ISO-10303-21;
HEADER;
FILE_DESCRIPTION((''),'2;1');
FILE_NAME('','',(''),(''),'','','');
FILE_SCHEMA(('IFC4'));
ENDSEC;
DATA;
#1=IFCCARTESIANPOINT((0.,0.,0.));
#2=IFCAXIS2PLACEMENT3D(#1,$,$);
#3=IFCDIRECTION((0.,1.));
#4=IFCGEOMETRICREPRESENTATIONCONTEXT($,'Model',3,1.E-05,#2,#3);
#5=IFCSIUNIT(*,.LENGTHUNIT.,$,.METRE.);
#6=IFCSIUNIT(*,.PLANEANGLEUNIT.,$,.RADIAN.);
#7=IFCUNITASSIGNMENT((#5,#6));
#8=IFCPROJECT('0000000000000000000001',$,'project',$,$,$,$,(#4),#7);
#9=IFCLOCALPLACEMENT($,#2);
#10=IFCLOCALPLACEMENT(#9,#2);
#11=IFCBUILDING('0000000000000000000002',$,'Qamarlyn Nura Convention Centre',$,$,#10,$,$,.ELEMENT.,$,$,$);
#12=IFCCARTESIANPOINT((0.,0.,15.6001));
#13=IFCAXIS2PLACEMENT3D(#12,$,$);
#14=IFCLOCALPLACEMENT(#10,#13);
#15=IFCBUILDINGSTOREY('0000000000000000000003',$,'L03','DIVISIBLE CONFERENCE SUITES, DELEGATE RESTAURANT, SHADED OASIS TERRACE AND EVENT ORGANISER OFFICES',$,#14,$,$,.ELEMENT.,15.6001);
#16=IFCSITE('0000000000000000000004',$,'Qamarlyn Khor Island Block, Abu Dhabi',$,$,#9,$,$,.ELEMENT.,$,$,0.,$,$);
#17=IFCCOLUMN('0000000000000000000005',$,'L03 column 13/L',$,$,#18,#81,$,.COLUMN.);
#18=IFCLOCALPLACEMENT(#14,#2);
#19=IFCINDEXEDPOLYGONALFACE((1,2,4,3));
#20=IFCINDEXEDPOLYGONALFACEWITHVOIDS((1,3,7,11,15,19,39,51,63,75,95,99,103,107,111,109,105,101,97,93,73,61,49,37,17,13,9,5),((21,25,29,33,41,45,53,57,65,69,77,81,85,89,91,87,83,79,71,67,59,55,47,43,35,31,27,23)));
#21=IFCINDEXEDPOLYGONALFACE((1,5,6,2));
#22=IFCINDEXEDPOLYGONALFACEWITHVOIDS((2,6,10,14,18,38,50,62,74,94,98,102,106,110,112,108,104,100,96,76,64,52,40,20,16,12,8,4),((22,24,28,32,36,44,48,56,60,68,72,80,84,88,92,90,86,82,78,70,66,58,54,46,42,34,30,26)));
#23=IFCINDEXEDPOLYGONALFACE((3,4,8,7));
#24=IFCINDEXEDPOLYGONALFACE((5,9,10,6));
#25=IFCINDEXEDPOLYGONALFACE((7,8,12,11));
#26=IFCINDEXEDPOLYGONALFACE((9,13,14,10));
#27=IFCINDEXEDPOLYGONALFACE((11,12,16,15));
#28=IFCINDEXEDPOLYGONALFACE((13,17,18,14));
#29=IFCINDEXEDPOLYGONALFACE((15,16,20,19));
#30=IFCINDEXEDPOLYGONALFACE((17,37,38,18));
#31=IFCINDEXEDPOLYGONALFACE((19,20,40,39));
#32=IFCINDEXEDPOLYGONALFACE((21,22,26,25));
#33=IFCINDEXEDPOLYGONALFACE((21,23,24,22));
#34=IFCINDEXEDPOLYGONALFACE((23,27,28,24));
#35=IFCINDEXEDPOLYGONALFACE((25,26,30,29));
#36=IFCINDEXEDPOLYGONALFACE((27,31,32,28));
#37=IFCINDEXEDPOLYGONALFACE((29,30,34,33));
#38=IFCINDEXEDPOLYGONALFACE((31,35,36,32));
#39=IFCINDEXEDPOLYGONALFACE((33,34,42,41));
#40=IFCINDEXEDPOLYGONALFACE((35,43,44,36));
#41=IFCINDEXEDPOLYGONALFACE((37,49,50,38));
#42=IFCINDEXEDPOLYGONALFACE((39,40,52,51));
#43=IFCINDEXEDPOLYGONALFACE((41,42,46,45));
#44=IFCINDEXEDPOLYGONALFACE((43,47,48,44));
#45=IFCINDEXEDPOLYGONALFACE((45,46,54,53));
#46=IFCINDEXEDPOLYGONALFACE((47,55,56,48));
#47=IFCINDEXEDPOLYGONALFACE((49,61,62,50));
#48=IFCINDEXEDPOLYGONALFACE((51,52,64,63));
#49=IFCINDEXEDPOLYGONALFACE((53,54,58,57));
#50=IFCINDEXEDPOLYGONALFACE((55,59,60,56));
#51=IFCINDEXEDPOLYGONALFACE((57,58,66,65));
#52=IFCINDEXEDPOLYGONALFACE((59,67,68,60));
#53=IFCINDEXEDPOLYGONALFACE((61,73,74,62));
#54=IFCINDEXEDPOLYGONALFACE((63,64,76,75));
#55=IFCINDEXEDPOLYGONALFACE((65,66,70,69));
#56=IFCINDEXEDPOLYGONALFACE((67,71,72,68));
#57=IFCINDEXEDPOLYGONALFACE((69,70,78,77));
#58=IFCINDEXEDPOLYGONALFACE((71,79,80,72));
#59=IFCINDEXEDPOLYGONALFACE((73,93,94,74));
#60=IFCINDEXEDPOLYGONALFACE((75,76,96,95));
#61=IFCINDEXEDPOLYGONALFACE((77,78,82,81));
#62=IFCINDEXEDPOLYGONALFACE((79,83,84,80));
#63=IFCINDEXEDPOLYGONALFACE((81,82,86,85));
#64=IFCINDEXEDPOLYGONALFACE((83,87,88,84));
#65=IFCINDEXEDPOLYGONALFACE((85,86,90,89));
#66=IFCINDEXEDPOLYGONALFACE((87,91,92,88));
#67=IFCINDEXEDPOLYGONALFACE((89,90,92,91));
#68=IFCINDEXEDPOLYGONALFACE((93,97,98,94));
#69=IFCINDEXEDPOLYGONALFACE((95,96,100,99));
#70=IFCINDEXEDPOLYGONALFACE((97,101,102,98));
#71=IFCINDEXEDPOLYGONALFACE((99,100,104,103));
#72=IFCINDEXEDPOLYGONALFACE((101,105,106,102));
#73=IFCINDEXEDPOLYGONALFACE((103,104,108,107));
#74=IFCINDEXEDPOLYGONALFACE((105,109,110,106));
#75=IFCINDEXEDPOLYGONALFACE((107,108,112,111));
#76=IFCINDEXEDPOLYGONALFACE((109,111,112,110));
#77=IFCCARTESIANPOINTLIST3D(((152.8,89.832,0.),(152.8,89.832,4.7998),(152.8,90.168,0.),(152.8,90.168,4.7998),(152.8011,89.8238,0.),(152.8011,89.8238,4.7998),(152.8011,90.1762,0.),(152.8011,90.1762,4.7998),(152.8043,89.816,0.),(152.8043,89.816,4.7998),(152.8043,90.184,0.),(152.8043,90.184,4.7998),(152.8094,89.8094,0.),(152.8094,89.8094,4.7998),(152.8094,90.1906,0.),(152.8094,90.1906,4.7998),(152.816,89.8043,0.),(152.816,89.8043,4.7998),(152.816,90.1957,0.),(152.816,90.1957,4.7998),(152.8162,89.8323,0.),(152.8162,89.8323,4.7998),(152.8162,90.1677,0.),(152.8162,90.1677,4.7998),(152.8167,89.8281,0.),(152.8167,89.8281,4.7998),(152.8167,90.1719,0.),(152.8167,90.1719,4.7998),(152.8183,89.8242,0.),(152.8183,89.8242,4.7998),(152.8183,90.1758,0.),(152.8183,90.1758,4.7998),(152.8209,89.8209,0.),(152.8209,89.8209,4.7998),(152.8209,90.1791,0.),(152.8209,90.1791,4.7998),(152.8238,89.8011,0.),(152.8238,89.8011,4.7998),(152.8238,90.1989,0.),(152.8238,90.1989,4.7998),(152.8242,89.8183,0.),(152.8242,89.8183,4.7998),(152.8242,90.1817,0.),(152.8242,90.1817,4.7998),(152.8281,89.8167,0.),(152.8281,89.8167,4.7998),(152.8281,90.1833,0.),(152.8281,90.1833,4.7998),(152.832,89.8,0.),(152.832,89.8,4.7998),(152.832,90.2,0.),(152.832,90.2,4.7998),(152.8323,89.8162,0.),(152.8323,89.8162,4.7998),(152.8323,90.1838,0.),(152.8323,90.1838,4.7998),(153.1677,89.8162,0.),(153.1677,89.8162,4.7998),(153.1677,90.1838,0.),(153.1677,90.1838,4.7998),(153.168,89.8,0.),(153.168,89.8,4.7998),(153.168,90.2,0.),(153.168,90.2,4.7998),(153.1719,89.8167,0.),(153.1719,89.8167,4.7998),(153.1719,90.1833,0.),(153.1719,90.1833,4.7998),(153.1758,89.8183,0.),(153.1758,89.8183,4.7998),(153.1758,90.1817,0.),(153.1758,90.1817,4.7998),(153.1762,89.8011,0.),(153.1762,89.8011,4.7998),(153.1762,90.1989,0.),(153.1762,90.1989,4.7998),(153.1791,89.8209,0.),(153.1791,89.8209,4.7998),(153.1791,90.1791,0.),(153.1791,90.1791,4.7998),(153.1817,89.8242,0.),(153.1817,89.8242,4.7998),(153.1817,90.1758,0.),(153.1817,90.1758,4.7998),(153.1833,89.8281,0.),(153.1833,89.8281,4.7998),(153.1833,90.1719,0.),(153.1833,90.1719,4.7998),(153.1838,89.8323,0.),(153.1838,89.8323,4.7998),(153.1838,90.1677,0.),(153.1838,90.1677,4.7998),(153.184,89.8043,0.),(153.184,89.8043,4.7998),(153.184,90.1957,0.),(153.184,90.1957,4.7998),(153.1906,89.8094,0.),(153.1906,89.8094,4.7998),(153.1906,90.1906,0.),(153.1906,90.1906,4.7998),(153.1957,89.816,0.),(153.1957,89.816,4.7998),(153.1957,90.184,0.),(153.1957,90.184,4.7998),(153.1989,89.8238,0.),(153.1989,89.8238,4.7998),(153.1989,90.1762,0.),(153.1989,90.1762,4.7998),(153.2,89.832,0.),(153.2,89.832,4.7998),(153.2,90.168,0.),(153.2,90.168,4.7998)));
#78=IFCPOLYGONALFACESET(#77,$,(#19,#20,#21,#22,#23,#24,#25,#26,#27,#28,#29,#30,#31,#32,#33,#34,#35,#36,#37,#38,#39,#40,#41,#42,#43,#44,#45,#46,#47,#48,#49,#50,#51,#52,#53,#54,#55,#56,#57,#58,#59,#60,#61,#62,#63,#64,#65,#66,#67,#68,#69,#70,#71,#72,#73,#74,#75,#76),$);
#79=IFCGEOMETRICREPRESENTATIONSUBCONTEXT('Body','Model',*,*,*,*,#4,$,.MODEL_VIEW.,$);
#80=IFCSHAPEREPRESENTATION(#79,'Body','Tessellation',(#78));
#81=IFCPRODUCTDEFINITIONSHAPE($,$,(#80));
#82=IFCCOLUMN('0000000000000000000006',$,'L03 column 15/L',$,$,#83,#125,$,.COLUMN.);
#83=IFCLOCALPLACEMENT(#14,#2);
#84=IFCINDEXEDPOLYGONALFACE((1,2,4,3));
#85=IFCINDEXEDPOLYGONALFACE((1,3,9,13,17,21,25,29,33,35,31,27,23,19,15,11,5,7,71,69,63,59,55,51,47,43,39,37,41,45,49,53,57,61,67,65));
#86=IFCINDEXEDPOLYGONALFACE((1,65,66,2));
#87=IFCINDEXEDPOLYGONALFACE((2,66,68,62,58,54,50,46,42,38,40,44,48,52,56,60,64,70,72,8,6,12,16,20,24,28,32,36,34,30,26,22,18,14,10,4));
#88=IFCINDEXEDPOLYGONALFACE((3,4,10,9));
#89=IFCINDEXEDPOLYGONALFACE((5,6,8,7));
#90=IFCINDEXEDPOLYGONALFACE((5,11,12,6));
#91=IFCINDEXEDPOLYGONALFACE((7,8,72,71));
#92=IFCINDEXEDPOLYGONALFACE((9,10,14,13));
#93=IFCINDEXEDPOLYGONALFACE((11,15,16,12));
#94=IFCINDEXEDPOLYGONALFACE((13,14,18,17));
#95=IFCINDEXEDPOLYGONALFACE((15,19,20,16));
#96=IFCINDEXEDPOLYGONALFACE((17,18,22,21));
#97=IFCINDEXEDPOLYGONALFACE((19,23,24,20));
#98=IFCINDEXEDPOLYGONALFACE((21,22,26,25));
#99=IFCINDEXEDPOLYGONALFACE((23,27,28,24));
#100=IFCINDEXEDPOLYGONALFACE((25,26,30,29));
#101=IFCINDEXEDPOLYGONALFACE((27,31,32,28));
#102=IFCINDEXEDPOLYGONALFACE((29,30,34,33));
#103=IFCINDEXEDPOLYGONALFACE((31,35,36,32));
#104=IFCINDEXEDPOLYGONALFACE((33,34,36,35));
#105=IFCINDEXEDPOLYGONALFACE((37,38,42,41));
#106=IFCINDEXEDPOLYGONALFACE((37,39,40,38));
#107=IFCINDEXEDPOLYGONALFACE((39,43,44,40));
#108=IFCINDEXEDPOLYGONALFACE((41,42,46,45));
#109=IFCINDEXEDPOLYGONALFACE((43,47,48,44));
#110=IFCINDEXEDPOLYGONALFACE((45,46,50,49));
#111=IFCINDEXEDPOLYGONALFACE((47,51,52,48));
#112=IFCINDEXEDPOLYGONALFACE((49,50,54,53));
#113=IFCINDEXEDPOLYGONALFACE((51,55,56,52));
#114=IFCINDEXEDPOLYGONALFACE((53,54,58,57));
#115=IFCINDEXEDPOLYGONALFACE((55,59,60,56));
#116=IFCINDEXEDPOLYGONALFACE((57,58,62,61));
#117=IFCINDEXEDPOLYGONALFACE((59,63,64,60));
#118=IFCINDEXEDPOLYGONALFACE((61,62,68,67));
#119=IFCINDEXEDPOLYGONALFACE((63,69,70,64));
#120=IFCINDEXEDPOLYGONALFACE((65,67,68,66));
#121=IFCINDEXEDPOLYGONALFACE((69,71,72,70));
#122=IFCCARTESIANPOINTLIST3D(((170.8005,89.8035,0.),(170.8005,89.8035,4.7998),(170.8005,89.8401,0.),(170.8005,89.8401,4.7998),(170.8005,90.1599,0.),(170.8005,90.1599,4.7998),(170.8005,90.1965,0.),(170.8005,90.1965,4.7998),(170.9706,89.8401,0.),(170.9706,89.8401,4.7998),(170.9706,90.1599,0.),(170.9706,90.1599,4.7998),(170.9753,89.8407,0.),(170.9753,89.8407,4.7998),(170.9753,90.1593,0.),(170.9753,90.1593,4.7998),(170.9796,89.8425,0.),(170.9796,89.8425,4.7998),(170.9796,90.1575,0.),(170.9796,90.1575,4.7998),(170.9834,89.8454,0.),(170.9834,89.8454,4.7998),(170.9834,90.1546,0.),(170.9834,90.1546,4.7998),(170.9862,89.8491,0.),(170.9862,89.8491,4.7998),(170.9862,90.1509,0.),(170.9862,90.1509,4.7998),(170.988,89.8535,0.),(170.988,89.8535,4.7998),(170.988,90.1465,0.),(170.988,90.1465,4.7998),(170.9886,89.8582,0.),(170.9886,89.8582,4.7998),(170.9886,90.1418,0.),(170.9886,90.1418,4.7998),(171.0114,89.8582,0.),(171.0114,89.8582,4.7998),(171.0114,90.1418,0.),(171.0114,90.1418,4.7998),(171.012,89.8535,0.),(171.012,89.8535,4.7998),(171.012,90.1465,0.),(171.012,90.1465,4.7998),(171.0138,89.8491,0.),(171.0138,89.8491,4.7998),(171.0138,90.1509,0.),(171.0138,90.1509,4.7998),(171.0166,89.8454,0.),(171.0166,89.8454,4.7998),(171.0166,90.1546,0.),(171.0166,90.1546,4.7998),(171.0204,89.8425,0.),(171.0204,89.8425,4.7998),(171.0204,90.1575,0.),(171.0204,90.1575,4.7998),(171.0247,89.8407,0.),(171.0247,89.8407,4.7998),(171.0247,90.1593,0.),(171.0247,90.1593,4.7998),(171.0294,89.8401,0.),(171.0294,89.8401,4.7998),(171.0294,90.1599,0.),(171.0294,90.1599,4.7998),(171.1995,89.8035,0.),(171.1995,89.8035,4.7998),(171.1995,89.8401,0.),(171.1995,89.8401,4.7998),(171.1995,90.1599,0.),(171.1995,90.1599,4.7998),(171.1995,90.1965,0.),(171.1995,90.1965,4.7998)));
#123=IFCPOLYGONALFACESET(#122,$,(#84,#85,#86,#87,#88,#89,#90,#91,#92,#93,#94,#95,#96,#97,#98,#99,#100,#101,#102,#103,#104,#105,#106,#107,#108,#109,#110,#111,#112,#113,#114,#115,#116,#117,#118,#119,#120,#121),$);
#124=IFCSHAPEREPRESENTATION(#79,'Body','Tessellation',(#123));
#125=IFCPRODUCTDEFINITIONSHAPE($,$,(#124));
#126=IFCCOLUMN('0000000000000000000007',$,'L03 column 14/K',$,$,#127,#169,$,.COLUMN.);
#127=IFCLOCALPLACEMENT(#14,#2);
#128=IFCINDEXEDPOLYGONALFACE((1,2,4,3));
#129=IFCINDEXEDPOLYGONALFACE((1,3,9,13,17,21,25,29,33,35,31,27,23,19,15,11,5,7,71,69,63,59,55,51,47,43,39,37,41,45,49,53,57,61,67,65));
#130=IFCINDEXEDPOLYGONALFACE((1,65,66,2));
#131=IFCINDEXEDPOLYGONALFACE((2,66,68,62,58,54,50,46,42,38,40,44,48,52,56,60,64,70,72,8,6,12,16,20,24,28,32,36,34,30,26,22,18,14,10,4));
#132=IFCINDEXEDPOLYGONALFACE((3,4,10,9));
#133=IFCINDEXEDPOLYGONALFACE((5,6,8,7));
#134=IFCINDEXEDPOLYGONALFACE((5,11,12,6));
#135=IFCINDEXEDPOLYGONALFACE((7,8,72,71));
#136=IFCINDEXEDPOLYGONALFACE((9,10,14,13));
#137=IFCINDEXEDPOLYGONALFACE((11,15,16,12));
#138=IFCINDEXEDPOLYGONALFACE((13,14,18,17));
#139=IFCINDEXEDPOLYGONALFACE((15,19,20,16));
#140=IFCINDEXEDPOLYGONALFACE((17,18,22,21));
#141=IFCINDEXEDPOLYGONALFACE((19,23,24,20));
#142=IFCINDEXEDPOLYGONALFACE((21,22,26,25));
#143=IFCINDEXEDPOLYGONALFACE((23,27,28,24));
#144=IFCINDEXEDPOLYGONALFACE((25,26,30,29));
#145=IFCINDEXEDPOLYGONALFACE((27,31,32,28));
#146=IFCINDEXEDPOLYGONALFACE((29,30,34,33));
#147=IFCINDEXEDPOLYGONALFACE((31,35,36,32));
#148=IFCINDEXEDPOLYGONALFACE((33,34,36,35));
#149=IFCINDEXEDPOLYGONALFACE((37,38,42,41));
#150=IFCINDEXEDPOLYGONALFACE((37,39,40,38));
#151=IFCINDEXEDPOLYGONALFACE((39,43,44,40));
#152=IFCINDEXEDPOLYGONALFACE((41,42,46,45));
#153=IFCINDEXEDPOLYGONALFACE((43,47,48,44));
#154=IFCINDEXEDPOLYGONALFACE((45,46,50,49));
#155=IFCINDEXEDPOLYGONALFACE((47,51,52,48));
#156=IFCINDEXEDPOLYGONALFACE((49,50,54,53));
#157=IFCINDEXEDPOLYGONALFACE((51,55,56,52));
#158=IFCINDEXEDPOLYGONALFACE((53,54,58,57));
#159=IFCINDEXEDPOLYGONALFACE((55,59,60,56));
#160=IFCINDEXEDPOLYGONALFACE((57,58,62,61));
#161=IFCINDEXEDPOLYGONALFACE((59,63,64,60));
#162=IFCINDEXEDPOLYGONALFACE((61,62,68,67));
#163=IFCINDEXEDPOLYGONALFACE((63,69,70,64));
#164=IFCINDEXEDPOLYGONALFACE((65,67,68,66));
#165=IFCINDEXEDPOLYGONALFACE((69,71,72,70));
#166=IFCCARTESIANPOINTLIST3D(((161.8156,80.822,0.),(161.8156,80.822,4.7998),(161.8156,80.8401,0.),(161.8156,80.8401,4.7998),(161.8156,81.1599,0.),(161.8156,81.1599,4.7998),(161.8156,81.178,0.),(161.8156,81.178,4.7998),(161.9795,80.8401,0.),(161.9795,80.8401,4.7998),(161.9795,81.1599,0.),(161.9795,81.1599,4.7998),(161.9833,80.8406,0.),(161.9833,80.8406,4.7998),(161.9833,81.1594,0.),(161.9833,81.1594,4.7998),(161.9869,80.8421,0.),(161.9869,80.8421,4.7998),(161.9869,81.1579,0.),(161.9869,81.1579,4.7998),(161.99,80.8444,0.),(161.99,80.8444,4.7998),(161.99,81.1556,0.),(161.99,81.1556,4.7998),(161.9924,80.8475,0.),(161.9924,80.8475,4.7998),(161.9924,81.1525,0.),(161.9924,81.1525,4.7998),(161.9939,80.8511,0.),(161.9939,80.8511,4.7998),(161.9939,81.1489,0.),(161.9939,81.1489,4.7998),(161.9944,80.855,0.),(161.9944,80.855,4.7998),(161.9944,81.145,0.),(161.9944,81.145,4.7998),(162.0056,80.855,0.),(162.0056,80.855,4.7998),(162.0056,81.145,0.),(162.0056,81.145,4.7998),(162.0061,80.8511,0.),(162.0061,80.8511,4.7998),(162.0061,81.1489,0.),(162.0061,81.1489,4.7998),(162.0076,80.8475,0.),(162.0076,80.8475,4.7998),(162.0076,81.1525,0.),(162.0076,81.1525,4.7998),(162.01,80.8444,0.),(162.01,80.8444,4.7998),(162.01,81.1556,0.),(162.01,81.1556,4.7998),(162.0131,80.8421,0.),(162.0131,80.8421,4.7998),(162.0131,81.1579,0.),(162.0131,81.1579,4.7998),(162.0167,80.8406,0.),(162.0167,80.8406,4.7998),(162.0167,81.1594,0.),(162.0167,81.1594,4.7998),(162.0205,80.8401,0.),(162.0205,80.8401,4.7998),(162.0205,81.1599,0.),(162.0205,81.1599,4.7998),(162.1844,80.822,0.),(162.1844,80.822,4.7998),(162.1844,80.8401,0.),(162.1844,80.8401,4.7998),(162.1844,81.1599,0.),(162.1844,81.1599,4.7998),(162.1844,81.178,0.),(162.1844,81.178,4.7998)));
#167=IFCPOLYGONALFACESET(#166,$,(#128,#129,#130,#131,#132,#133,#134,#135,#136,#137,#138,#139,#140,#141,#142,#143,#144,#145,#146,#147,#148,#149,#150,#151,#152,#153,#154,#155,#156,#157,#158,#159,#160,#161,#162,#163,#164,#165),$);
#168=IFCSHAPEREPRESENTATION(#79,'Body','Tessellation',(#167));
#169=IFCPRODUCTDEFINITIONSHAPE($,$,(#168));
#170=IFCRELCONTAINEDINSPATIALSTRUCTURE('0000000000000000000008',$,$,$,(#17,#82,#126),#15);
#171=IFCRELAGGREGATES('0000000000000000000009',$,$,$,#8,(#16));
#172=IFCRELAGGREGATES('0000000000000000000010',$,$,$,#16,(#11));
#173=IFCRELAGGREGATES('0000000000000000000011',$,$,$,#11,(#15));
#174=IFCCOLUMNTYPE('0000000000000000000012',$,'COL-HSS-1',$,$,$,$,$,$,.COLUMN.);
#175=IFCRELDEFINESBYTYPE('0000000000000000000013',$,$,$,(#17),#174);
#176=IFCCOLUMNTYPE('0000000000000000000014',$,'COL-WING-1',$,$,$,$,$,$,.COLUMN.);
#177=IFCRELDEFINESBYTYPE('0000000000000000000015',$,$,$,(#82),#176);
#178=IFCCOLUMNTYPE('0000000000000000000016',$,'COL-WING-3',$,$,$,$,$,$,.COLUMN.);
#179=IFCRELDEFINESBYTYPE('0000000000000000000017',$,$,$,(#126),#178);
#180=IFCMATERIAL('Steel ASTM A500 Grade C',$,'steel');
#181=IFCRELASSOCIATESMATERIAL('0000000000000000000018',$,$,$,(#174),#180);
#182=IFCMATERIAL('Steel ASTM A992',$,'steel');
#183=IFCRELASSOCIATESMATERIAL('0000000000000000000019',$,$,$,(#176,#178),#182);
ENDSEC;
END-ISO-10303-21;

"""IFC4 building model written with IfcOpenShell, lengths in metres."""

from ifc_helpers import new_model, si_unit, direction, frame, origin, origin_2d, place, context, subcontext, project, spatial, hollow_rectangle, i_section, extrude, material, material_profile, profile_set, type_object, element, save


model = new_model("IFC4")

# Units and contexts
model_context = context("Model", 3, precision=1e-05, world=origin(), true_north=direction((0.0, 1.0)))
body_context = subcontext(model_context, "Body", "Model", "MODEL_VIEW")
ifc_project = project(units=[si_unit("LENGTHUNIT", "METRE"), si_unit("PLANEANGLEUNIT", "RADIAN")], contexts=[model_context])

# Site, building, storey
site_placement = place(None, origin())
site = spatial("IfcSite", under=ifc_project, at=site_placement, Name="Qamarlyn Khor Island Block, Abu Dhabi", CompositionType="ELEMENT", RefElevation=0.0)
building_placement = place(site_placement, origin())
building = spatial("IfcBuilding", under=site, at=building_placement, Name="Qamarlyn Nura Convention Centre", CompositionType="ELEMENT")
storey_placement = place(building_placement, frame((0.0, 0.0, 15.6001)))
storey = spatial("IfcBuildingStorey", under=building, at=storey_placement, Name="L03", Description="DIVISIBLE CONFERENCE SUITES, DELEGATE RESTAURANT, SHADED OASIS TERRACE AND EVENT ORGANISER OFFICES", CompositionType="ELEMENT", Elevation=15.6001)

# Columns
ifc_material_1 = material(Name="Steel ASTM A500 Grade C", Category="steel")
ifc_material_profile_1 = material_profile(ifc_material_1, hollow_rectangle(XDim=0.3999, YDim=0.3999, WallThickness=0.0161, InnerFilletRadius=0.0161, OuterFilletRadius=0.032, at=origin_2d()), Name="HSS400X400X16")
ifc_profile_set_1 = profile_set([ifc_material_profile_1], Name="Steel ASTM A500 Grade C")
column_type_1 = type_object("IfcColumnType", Name="COL-HSS-1", PredefinedType="COLUMN", material=ifc_profile_set_1)
column_1_placement = place(storey_placement, frame((153.0, 90.0, 0.0), z_axis=(0.0, 0.0, 1.0), x_axis=(1.0, 0.0, 0.0)))
element("IfcColumn", 1, at=column_1_placement, inside=storey, type_object=column_type_1, Name="L03 column 13/L", PredefinedType="COLUMN", context=body_context, shape_type="SweptSolid", body=[
    extrude(hollow_rectangle(XDim=0.3999, YDim=0.3999, WallThickness=0.0161, InnerFilletRadius=0.0161, OuterFilletRadius=0.032, at=origin_2d()), origin(), (0.0, 0.0, 1.0), 4.7998),
])
ifc_material_2 = material(Name="Steel ASTM A992", Category="steel")
ifc_material_profile_2 = material_profile(ifc_material_2, i_section(OverallWidth=0.3989, OverallDepth=0.3931, WebThickness=0.0227, FlangeThickness=0.0366, FilletRadius=0.0181, at=origin_2d()), Name="W360X287")
ifc_profile_set_2 = profile_set([ifc_material_profile_2], Name="Steel ASTM A992")
column_type_2 = type_object("IfcColumnType", Name="COL-WING-1", PredefinedType="COLUMN", material=ifc_profile_set_2)
column_2_placement = place(storey_placement, frame((171.0, 90.0, 0.0), z_axis=(0.0, 0.0, 1.0), x_axis=(1.0, 0.0, 0.0)))
element("IfcColumn", 2, at=column_2_placement, inside=storey, type_object=column_type_2, Name="L03 column 15/L", PredefinedType="COLUMN", context=body_context, shape_type="SweptSolid", body=[
    extrude(i_section(OverallWidth=0.3989, OverallDepth=0.3931, WebThickness=0.0227, FlangeThickness=0.0366, FilletRadius=0.0181, at=origin_2d()), origin(), (0.0, 0.0, 1.0), 4.7998),
])
ifc_material_profile_3 = material_profile(ifc_material_2, i_section(OverallWidth=0.3689, OverallDepth=0.356, WebThickness=0.0112, FlangeThickness=0.0181, FilletRadius=0.0149, at=origin_2d()), Name="W360X134")
ifc_profile_set_3 = profile_set([ifc_material_profile_3], Name="Steel ASTM A992")
column_type_3 = type_object("IfcColumnType", Name="COL-WING-3", PredefinedType="COLUMN", material=ifc_profile_set_3)
column_3_placement = place(storey_placement, frame((162.0, 81.0, 0.0), z_axis=(0.0, 0.0, 1.0), x_axis=(1.0, 0.0, 0.0)))
element("IfcColumn", 3, at=column_3_placement, inside=storey, type_object=column_type_3, Name="L03 column 14/K", PredefinedType="COLUMN", context=body_context, shape_type="SweptSolid", body=[
    extrude(i_section(OverallWidth=0.3689, OverallDepth=0.356, WebThickness=0.0112, FlangeThickness=0.0181, FilletRadius=0.0149, at=origin_2d()), origin(), (0.0, 0.0, 1.0), 4.7998),
])

save(model, "model.ifc")
